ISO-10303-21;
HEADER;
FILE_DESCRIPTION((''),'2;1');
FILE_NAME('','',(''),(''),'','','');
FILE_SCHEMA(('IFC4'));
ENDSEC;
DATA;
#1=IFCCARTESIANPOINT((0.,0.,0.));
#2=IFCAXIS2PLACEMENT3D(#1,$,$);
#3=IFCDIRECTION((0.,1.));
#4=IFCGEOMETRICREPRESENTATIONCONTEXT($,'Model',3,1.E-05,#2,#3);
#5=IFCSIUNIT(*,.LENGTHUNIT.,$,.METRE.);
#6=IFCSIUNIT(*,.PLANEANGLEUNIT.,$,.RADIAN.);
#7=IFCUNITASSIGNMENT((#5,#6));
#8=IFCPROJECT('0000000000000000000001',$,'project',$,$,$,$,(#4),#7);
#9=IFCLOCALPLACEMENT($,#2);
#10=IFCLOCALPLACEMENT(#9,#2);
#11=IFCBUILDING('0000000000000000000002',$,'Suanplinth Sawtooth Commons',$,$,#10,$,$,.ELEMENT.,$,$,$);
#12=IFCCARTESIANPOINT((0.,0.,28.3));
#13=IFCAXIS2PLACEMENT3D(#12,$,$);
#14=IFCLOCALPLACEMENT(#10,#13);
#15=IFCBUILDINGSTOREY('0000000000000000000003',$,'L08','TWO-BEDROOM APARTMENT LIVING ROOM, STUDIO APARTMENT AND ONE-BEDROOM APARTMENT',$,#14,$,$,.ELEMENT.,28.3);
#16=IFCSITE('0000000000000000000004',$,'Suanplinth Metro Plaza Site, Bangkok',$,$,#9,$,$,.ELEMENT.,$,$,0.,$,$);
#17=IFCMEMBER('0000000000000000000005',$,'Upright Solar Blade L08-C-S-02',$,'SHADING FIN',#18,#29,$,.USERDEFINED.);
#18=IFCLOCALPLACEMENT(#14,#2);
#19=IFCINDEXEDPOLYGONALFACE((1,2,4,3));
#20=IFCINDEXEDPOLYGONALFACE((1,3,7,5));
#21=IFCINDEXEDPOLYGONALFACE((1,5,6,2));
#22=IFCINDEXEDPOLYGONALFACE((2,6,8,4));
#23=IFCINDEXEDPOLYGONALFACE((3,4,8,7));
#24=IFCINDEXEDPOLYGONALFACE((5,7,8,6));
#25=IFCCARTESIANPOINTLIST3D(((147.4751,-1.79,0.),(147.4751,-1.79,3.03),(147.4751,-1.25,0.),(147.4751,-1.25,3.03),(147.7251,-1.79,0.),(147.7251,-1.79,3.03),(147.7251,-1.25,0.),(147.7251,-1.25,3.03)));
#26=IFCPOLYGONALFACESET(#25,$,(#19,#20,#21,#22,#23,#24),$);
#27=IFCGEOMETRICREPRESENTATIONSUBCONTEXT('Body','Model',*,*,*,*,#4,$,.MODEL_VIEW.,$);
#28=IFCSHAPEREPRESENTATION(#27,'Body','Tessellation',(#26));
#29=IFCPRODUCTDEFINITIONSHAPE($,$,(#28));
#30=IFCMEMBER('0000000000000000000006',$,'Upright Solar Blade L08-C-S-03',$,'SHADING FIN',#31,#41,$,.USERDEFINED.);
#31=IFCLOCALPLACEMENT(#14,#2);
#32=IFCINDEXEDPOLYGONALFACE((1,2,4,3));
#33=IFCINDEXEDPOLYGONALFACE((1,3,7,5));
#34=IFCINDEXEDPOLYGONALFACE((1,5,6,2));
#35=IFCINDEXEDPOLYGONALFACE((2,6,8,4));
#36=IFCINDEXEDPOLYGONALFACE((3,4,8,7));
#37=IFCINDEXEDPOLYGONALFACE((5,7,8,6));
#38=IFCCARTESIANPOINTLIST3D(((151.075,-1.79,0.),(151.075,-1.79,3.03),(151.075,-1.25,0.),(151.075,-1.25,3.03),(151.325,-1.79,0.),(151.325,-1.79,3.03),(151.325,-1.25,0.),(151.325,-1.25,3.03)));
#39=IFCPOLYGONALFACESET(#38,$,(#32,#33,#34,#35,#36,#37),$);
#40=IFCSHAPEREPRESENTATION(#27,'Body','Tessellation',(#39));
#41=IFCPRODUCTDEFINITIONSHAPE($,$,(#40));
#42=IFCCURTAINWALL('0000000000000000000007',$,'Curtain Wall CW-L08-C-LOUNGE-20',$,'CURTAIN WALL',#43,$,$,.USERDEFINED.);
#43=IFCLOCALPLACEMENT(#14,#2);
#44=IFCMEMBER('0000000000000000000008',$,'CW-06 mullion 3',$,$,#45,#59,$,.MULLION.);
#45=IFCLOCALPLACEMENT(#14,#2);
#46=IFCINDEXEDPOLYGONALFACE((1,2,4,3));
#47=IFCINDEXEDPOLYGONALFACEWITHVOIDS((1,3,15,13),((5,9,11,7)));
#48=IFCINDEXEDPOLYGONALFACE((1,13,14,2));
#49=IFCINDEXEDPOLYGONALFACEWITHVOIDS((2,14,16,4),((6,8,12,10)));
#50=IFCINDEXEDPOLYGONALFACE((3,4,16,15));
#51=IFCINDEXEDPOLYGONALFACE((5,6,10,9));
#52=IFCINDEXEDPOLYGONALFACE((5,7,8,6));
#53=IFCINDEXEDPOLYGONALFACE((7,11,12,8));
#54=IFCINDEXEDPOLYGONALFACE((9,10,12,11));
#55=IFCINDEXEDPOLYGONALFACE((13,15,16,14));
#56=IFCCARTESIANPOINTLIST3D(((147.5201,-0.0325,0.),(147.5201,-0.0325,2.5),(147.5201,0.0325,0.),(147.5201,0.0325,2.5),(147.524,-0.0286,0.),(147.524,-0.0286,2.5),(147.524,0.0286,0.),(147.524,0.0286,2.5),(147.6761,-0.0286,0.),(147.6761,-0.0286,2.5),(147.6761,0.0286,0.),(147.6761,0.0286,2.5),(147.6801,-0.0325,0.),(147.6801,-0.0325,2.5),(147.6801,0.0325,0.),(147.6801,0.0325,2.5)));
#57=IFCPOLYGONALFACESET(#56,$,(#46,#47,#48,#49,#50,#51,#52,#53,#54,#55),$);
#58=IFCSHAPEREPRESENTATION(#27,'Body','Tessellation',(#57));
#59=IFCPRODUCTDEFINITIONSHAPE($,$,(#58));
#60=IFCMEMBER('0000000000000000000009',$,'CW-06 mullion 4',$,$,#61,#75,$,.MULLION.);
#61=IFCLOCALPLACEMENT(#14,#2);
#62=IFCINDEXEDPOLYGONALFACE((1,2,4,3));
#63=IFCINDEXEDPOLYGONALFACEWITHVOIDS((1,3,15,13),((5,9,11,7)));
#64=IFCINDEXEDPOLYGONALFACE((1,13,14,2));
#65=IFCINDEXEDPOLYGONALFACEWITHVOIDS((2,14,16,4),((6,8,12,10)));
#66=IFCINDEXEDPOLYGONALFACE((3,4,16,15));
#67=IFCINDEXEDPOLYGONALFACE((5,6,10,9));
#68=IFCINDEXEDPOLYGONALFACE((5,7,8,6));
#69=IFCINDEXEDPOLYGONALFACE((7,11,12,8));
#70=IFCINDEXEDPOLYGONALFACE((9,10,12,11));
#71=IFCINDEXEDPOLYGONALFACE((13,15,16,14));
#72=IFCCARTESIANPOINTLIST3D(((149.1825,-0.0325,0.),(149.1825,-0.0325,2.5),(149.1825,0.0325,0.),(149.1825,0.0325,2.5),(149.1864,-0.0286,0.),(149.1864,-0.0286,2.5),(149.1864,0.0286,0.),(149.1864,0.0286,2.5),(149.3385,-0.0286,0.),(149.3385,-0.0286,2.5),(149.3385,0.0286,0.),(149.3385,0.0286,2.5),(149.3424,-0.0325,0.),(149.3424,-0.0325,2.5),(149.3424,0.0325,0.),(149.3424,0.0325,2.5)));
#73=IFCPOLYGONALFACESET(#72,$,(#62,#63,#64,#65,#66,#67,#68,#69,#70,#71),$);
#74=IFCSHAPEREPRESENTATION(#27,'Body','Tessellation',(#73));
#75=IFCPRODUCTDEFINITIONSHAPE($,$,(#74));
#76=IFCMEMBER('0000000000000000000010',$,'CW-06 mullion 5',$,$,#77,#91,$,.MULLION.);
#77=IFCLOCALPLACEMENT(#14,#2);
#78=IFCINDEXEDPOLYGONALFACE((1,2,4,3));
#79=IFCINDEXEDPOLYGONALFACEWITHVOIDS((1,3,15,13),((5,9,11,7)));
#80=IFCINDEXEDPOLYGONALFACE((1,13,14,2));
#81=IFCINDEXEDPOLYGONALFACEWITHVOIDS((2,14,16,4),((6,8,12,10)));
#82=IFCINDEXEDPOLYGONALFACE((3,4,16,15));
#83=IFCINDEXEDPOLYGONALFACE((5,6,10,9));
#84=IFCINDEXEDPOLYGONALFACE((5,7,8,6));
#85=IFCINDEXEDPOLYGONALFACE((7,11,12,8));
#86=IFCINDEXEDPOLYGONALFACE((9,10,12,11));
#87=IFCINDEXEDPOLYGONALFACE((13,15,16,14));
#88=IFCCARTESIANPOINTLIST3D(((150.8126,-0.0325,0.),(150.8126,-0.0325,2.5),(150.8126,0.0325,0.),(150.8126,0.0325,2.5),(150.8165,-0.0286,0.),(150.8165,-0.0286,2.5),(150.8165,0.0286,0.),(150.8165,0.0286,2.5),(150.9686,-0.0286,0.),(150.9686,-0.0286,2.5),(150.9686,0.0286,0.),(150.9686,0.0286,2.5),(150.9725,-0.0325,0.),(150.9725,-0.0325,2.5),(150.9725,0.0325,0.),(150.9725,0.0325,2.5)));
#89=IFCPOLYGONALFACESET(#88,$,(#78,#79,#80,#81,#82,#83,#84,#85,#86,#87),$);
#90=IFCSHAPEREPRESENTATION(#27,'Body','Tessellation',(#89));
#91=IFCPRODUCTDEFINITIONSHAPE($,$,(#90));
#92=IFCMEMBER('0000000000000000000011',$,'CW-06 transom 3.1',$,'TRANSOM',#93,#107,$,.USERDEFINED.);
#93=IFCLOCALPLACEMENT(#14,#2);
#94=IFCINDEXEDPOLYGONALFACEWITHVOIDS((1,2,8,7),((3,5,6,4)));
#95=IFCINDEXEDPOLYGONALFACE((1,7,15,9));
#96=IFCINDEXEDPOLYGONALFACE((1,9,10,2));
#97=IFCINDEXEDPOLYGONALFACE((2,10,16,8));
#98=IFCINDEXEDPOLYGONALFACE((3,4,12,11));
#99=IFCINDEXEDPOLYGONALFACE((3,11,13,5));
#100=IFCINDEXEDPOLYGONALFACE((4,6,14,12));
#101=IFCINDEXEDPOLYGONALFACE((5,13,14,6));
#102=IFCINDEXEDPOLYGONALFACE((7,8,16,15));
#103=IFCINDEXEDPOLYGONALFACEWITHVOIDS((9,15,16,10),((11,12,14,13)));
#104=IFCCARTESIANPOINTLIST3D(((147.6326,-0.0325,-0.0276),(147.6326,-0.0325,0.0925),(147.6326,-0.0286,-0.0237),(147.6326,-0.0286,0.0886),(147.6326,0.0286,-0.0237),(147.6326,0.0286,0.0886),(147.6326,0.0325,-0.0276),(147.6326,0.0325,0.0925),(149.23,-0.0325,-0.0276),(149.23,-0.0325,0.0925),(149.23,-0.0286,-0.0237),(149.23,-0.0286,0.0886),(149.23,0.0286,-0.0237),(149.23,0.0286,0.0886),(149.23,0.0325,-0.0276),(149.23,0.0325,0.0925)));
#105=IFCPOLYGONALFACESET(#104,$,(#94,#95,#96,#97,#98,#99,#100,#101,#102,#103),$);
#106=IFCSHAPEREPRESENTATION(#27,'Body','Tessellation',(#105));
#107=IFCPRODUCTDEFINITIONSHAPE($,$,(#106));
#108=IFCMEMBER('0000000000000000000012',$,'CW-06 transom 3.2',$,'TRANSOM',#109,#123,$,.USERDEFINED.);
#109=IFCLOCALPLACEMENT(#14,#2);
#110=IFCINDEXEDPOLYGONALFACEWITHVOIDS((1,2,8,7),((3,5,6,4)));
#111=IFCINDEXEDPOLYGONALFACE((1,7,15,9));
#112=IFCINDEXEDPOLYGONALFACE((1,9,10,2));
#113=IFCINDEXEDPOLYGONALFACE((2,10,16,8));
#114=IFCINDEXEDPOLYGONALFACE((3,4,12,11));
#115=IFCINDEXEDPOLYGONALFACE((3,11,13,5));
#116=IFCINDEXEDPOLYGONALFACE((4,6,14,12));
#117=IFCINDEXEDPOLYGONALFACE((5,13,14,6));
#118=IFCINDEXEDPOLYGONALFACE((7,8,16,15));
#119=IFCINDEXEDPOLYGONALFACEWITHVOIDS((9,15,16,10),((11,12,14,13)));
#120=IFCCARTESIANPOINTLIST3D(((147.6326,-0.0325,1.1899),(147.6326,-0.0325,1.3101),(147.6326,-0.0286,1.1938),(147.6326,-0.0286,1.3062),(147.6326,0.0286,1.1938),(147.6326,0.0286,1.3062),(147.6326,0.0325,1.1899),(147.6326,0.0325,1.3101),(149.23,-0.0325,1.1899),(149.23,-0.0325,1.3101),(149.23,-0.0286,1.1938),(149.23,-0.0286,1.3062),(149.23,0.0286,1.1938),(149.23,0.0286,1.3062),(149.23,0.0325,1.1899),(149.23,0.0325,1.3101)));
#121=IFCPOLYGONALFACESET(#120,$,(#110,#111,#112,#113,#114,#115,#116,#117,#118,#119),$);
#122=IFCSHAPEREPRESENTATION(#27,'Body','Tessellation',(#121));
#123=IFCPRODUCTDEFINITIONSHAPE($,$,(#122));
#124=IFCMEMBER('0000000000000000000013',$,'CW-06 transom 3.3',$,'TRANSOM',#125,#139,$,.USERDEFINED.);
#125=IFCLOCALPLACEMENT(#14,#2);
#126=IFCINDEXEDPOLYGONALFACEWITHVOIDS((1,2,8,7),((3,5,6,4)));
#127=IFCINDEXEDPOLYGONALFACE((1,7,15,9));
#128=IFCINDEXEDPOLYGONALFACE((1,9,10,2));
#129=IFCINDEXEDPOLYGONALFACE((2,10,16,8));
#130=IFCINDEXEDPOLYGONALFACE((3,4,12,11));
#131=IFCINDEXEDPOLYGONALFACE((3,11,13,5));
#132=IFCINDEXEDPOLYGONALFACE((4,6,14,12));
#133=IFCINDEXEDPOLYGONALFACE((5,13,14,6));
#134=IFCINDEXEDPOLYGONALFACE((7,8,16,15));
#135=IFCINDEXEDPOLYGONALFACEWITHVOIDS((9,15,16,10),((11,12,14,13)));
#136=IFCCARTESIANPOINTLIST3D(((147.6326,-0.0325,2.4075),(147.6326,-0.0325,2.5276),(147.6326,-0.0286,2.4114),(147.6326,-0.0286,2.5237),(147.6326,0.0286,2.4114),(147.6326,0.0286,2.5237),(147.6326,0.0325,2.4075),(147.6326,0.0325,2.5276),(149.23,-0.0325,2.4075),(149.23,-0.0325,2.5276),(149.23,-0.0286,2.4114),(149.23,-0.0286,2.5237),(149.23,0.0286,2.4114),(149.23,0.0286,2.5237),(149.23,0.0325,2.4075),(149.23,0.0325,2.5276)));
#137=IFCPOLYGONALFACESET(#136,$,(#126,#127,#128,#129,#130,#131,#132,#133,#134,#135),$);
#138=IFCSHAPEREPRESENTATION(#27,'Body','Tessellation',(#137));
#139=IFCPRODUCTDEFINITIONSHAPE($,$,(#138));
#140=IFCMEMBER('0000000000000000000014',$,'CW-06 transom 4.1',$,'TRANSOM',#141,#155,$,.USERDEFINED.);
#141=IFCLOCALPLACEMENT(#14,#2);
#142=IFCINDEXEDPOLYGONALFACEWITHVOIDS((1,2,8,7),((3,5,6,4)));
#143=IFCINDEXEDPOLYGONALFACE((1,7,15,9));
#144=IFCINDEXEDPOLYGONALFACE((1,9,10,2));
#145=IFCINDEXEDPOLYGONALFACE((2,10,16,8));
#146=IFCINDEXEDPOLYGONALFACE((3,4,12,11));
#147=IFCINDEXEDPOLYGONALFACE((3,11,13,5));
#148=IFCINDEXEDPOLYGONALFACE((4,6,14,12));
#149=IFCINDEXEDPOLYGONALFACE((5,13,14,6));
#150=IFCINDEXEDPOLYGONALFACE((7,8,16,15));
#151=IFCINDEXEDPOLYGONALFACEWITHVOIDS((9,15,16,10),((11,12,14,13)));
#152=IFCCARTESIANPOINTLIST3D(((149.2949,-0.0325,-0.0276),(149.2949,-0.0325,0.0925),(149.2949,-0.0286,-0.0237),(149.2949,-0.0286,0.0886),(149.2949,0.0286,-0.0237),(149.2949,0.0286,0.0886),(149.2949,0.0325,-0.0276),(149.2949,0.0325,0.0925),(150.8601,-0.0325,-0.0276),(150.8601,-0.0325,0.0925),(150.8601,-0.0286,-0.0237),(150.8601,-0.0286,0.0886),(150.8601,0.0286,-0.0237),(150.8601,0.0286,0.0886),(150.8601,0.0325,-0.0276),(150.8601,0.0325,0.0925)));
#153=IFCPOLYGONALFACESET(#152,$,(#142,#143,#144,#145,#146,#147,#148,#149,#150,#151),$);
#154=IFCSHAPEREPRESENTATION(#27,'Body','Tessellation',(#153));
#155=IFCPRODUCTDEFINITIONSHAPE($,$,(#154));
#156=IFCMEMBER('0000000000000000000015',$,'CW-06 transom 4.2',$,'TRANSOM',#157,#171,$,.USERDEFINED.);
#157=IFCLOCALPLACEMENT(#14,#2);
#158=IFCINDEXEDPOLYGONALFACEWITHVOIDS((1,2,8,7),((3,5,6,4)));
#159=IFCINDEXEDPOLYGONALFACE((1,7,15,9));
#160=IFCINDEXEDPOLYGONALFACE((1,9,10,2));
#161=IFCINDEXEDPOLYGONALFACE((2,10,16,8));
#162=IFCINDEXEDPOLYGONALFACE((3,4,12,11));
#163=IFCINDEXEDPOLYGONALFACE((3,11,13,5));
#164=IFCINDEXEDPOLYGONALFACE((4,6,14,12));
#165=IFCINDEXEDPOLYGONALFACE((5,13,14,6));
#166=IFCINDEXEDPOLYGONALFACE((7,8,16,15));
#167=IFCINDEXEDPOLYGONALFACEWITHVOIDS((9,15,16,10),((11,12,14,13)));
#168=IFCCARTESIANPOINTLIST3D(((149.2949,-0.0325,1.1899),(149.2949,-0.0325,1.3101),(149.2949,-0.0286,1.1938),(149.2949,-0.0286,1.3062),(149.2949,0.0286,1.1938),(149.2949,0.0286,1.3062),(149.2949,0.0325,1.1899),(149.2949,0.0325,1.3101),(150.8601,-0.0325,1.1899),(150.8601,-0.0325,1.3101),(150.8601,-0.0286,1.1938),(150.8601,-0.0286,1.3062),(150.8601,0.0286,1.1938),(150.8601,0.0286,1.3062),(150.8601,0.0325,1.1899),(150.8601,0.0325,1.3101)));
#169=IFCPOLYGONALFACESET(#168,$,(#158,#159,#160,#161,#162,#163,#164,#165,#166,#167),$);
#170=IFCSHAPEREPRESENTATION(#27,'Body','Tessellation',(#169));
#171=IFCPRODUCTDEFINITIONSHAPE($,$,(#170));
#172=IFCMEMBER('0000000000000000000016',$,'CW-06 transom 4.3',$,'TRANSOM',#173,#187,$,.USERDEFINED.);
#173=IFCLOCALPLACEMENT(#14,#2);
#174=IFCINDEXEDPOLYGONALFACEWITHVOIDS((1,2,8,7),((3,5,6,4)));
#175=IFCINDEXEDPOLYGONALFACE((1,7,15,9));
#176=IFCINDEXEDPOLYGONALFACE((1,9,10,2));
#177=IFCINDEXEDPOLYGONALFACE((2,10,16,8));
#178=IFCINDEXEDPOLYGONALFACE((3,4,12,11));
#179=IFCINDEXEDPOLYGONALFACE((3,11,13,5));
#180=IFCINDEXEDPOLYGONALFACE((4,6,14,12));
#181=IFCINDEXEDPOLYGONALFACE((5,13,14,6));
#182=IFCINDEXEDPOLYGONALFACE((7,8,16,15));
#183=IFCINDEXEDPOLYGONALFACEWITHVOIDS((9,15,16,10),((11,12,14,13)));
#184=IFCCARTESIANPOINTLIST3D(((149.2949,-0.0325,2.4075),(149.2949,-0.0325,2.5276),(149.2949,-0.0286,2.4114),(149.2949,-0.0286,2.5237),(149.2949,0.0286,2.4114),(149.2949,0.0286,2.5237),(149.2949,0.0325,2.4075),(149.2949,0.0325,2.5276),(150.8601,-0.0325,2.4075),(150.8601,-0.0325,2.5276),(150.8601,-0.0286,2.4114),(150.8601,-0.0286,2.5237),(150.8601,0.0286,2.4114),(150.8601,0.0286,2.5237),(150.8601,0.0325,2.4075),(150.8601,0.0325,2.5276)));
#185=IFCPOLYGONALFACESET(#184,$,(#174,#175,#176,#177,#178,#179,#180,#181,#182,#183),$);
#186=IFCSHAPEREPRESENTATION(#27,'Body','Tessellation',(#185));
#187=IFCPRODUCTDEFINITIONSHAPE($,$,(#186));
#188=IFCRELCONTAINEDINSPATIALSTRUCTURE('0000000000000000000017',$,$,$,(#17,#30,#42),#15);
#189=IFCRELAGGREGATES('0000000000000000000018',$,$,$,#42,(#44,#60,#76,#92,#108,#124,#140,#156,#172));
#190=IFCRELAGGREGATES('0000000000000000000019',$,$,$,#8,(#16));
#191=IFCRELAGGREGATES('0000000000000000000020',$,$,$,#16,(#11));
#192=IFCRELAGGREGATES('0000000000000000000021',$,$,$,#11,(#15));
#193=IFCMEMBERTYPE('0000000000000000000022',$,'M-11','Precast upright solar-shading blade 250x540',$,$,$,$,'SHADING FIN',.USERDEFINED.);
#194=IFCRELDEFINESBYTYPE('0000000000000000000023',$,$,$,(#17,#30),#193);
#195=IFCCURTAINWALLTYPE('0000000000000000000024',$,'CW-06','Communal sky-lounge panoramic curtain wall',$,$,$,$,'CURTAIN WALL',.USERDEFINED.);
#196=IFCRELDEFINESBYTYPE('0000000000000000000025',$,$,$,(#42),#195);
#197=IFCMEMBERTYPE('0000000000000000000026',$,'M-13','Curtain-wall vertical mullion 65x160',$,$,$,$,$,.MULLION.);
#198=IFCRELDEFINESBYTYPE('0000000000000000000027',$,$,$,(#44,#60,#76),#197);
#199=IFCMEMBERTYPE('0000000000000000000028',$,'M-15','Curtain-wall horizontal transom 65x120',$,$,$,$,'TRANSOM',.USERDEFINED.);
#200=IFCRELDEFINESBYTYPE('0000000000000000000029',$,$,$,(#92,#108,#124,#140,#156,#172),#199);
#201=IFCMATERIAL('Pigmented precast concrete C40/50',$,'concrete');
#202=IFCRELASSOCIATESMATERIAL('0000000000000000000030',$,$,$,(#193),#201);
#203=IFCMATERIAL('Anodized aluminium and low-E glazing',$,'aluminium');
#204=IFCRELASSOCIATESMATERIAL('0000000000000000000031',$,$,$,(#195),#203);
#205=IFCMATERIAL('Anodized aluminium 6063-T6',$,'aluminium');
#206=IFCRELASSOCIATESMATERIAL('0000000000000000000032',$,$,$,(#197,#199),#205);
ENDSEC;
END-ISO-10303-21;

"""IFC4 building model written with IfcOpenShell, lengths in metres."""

from ifc_helpers import new_model, si_unit, direction, frame, origin, origin_2d, place, context, subcontext, project, spatial, rectangle, hollow_rectangle, extrude, material, material_profile, profile_set, type_object, element, aggregate, save


model = new_model("IFC4")

# Units and contexts
model_context = context("Model", 3, precision=1e-05, world=origin(), true_north=direction((0.0, 1.0)))
body_context = subcontext(model_context, "Body", "Model", "MODEL_VIEW")
ifc_project = project(units=[si_unit("LENGTHUNIT", "METRE"), si_unit("PLANEANGLEUNIT", "RADIAN")], contexts=[model_context])

# Site, building, storey
site_placement = place(None, origin())
site = spatial("IfcSite", under=ifc_project, at=site_placement, Name="Suanplinth Metro Plaza Site, Bangkok", CompositionType="ELEMENT", RefElevation=0.0)
building_placement = place(site_placement, origin())
building = spatial("IfcBuilding", under=site, at=building_placement, Name="Suanplinth Sawtooth Commons", CompositionType="ELEMENT")
storey_placement = place(building_placement, frame((0.0, 0.0, 28.3)))
storey = spatial("IfcBuildingStorey", under=building, at=storey_placement, Name="L08", Description="TWO-BEDROOM APARTMENT LIVING ROOM, STUDIO APARTMENT AND ONE-BEDROOM APARTMENT", CompositionType="ELEMENT", Elevation=28.3)

# Members
ifc_material_1 = material(Name="Pigmented precast concrete C40/50", Category="concrete")
ifc_material_profile_1 = material_profile(ifc_material_1, rectangle(XDim=0.25, YDim=0.54, at=origin_2d()), Name="PC-FIN 250x540")
ifc_profile_set_1 = profile_set([ifc_material_profile_1], Name="Pigmented precast concrete C40/50")
member_type_1 = type_object("IfcMemberType", Name="M-11", Description="Precast upright solar-shading blade 250x540", ElementType="SHADING FIN", PredefinedType="USERDEFINED", material=ifc_profile_set_1)
for number, where, z_axis, x_axis, name in (
    (1, (147.6001, -1.52, 0.0), (0.0, 0.0, 1.0), (1.0, 0.0, 0.0), "Upright Solar Blade L08-C-S-02"),
    (2, (151.2, -1.52, 0.0), (0.0, 0.0, 1.0), (1.0, 0.0, 0.0), "Upright Solar Blade L08-C-S-03"),
):
    element("IfcMember", number, at=place(storey_placement, frame(where, z_axis=z_axis, x_axis=x_axis)), inside=storey, type_object=member_type_1, Name=name, ObjectType="SHADING FIN", PredefinedType="USERDEFINED", context=body_context, shape_type="SweptSolid", body=[
        extrude(rectangle(XDim=0.25, YDim=0.54, at=origin_2d()), origin(), (0.0, 0.0, 1.0), 3.03),
    ])

# Curtain wall, members
ifc_material_2 = material(Name="Anodized aluminium and low-E glazing", Category="aluminium")
curtain_wall_type = type_object("IfcCurtainWallType", Name="CW-06", Description="Communal sky-lounge panoramic curtain wall", ElementType="CURTAIN WALL", PredefinedType="USERDEFINED", material=ifc_material_2)
curtain_wall_placement = place(storey_placement, origin())
curtain_wall = element("IfcCurtainWall", 3, at=curtain_wall_placement, inside=storey, type_object=curtain_wall_type, Name="Curtain Wall CW-L08-C-LOUNGE-20", ObjectType="CURTAIN WALL", PredefinedType="USERDEFINED")
ifc_material_3 = material(Name="Anodized aluminium 6063-T6", Category="aluminium")
ifc_material_profile_2 = material_profile(ifc_material_3, hollow_rectangle(XDim=0.0649, YDim=0.1599, WallThickness=0.0039, at=origin_2d()), Name="ALU-MUL 65x160")
ifc_profile_set_2 = profile_set([ifc_material_profile_2], Name="Anodized aluminium 6063-T6")
member_type_2 = type_object("IfcMemberType", Name="M-13", Description="Curtain-wall vertical mullion 65x160", PredefinedType="MULLION", material=ifc_profile_set_2)
member_1_placement = place(storey_placement, frame((147.6001, 0.0, 0.0), z_axis=(0.0, 0.0, 1.0), x_axis=(0.0, 1.0, 0.0)))
member_1 = element("IfcMember", 4, at=member_1_placement, type_object=member_type_2, Name="CW-06 mullion 3", PredefinedType="MULLION", context=body_context, shape_type="SweptSolid", body=[
    extrude(hollow_rectangle(XDim=0.0649, YDim=0.1599, WallThickness=0.0039, at=origin_2d()), origin(), (0.0, 0.0, 1.0), 2.5),
])
member_2_placement = place(storey_placement, frame((149.2625, 0.0, 0.0), z_axis=(0.0, 0.0, 1.0), x_axis=(0.0, 1.0, 0.0)))
member_2 = element("IfcMember", 5, at=member_2_placement, type_object=member_type_2, Name="CW-06 mullion 4", PredefinedType="MULLION", context=body_context, shape_type="SweptSolid", body=[
    extrude(hollow_rectangle(XDim=0.0649, YDim=0.1599, WallThickness=0.0039, at=origin_2d()), origin(), (0.0, 0.0, 1.0), 2.5),
])
member_3_placement = place(storey_placement, frame((150.8926, 0.0, 0.0), z_axis=(0.0, 0.0, 1.0), x_axis=(0.0, 1.0, 0.0)))
member_3 = element("IfcMember", 6, at=member_3_placement, type_object=member_type_2, Name="CW-06 mullion 5", PredefinedType="MULLION", context=body_context, shape_type="SweptSolid", body=[
    extrude(hollow_rectangle(XDim=0.0649, YDim=0.1599, WallThickness=0.0039, at=origin_2d()), origin(), (0.0, 0.0, 1.0), 2.5),
])
ifc_material_profile_3 = material_profile(ifc_material_3, hollow_rectangle(XDim=0.0649, YDim=0.1201, WallThickness=0.0039, at=origin_2d()), Name="ALU-TRN 65x120")
ifc_profile_set_3 = profile_set([ifc_material_profile_3], Name="Anodized aluminium 6063-T6")
member_type_3 = type_object("IfcMemberType", Name="M-15", Description="Curtain-wall horizontal transom 65x120", ElementType="TRANSOM", PredefinedType="USERDEFINED", material=ifc_profile_set_3)
member_4_placement = place(storey_placement, frame((147.6326, 0.0, 0.0325), z_axis=(1.0, 0.0, 0.0), x_axis=(0.0, 1.0, 0.0)))
member_4 = element("IfcMember", 7, at=member_4_placement, type_object=member_type_3, Name="CW-06 transom 3.1", ObjectType="TRANSOM", PredefinedType="USERDEFINED", context=body_context, shape_type="SweptSolid", body=[
    extrude(hollow_rectangle(XDim=0.0649, YDim=0.1201, WallThickness=0.0039, at=origin_2d()), origin(), (0.0, 0.0, 1.0), 1.5974),
])
member_5_placement = place(storey_placement, frame((147.6326, 0.0, 1.25), z_axis=(1.0, 0.0, 0.0), x_axis=(0.0, 1.0, 0.0)))
member_5 = element("IfcMember", 8, at=member_5_placement, type_object=member_type_3, Name="CW-06 transom 3.2", ObjectType="TRANSOM", PredefinedType="USERDEFINED", context=body_context, shape_type="SweptSolid", body=[
    extrude(hollow_rectangle(XDim=0.0649, YDim=0.1201, WallThickness=0.0039, at=origin_2d()), origin(), (0.0, 0.0, 1.0), 1.5974),
])
member_6_placement = place(storey_placement, frame((147.6326, 0.0, 2.4675), z_axis=(1.0, 0.0, 0.0), x_axis=(0.0, 1.0, 0.0)))
member_6 = element("IfcMember", 9, at=member_6_placement, type_object=member_type_3, Name="CW-06 transom 3.3", ObjectType="TRANSOM", PredefinedType="USERDEFINED", context=body_context, shape_type="SweptSolid", body=[
    extrude(hollow_rectangle(XDim=0.0649, YDim=0.1201, WallThickness=0.0039, at=origin_2d()), origin(), (0.0, 0.0, 1.0), 1.5974),
])
member_7_placement = place(storey_placement, frame((149.2949, 0.0, 0.0325), z_axis=(1.0, 0.0, 0.0), x_axis=(0.0, 1.0, 0.0)))
member_7 = element("IfcMember", 10, at=member_7_placement, type_object=member_type_3, Name="CW-06 transom 4.1", ObjectType="TRANSOM", PredefinedType="USERDEFINED", context=body_context, shape_type="SweptSolid", body=[
    extrude(hollow_rectangle(XDim=0.0649, YDim=0.1201, WallThickness=0.0039, at=origin_2d()), origin(), (0.0, 0.0, 1.0), 1.5652),
])
member_8_placement = place(storey_placement, frame((149.2949, 0.0, 1.25), z_axis=(1.0, 0.0, 0.0), x_axis=(0.0, 1.0, 0.0)))
member_8 = element("IfcMember", 11, at=member_8_placement, type_object=member_type_3, Name="CW-06 transom 4.2", ObjectType="TRANSOM", PredefinedType="USERDEFINED", context=body_context, shape_type="SweptSolid", body=[
    extrude(hollow_rectangle(XDim=0.0649, YDim=0.1201, WallThickness=0.0039, at=origin_2d()), origin(), (0.0, 0.0, 1.0), 1.5652),
])
member_9_placement = place(storey_placement, frame((149.2949, 0.0, 2.4675), z_axis=(1.0, 0.0, 0.0), x_axis=(0.0, 1.0, 0.0)))
member_9 = element("IfcMember", 12, at=member_9_placement, type_object=member_type_3, Name="CW-06 transom 4.3", ObjectType="TRANSOM", PredefinedType="USERDEFINED", context=body_context, shape_type="SweptSolid", body=[
    extrude(hollow_rectangle(XDim=0.0649, YDim=0.1201, WallThickness=0.0039, at=origin_2d()), origin(), (0.0, 0.0, 1.0), 1.5652),
])
aggregate(curtain_wall, [member_1, member_2, member_3, member_4, member_5, member_6, member_7, member_8, member_9])

save(model, "model.ifc")
